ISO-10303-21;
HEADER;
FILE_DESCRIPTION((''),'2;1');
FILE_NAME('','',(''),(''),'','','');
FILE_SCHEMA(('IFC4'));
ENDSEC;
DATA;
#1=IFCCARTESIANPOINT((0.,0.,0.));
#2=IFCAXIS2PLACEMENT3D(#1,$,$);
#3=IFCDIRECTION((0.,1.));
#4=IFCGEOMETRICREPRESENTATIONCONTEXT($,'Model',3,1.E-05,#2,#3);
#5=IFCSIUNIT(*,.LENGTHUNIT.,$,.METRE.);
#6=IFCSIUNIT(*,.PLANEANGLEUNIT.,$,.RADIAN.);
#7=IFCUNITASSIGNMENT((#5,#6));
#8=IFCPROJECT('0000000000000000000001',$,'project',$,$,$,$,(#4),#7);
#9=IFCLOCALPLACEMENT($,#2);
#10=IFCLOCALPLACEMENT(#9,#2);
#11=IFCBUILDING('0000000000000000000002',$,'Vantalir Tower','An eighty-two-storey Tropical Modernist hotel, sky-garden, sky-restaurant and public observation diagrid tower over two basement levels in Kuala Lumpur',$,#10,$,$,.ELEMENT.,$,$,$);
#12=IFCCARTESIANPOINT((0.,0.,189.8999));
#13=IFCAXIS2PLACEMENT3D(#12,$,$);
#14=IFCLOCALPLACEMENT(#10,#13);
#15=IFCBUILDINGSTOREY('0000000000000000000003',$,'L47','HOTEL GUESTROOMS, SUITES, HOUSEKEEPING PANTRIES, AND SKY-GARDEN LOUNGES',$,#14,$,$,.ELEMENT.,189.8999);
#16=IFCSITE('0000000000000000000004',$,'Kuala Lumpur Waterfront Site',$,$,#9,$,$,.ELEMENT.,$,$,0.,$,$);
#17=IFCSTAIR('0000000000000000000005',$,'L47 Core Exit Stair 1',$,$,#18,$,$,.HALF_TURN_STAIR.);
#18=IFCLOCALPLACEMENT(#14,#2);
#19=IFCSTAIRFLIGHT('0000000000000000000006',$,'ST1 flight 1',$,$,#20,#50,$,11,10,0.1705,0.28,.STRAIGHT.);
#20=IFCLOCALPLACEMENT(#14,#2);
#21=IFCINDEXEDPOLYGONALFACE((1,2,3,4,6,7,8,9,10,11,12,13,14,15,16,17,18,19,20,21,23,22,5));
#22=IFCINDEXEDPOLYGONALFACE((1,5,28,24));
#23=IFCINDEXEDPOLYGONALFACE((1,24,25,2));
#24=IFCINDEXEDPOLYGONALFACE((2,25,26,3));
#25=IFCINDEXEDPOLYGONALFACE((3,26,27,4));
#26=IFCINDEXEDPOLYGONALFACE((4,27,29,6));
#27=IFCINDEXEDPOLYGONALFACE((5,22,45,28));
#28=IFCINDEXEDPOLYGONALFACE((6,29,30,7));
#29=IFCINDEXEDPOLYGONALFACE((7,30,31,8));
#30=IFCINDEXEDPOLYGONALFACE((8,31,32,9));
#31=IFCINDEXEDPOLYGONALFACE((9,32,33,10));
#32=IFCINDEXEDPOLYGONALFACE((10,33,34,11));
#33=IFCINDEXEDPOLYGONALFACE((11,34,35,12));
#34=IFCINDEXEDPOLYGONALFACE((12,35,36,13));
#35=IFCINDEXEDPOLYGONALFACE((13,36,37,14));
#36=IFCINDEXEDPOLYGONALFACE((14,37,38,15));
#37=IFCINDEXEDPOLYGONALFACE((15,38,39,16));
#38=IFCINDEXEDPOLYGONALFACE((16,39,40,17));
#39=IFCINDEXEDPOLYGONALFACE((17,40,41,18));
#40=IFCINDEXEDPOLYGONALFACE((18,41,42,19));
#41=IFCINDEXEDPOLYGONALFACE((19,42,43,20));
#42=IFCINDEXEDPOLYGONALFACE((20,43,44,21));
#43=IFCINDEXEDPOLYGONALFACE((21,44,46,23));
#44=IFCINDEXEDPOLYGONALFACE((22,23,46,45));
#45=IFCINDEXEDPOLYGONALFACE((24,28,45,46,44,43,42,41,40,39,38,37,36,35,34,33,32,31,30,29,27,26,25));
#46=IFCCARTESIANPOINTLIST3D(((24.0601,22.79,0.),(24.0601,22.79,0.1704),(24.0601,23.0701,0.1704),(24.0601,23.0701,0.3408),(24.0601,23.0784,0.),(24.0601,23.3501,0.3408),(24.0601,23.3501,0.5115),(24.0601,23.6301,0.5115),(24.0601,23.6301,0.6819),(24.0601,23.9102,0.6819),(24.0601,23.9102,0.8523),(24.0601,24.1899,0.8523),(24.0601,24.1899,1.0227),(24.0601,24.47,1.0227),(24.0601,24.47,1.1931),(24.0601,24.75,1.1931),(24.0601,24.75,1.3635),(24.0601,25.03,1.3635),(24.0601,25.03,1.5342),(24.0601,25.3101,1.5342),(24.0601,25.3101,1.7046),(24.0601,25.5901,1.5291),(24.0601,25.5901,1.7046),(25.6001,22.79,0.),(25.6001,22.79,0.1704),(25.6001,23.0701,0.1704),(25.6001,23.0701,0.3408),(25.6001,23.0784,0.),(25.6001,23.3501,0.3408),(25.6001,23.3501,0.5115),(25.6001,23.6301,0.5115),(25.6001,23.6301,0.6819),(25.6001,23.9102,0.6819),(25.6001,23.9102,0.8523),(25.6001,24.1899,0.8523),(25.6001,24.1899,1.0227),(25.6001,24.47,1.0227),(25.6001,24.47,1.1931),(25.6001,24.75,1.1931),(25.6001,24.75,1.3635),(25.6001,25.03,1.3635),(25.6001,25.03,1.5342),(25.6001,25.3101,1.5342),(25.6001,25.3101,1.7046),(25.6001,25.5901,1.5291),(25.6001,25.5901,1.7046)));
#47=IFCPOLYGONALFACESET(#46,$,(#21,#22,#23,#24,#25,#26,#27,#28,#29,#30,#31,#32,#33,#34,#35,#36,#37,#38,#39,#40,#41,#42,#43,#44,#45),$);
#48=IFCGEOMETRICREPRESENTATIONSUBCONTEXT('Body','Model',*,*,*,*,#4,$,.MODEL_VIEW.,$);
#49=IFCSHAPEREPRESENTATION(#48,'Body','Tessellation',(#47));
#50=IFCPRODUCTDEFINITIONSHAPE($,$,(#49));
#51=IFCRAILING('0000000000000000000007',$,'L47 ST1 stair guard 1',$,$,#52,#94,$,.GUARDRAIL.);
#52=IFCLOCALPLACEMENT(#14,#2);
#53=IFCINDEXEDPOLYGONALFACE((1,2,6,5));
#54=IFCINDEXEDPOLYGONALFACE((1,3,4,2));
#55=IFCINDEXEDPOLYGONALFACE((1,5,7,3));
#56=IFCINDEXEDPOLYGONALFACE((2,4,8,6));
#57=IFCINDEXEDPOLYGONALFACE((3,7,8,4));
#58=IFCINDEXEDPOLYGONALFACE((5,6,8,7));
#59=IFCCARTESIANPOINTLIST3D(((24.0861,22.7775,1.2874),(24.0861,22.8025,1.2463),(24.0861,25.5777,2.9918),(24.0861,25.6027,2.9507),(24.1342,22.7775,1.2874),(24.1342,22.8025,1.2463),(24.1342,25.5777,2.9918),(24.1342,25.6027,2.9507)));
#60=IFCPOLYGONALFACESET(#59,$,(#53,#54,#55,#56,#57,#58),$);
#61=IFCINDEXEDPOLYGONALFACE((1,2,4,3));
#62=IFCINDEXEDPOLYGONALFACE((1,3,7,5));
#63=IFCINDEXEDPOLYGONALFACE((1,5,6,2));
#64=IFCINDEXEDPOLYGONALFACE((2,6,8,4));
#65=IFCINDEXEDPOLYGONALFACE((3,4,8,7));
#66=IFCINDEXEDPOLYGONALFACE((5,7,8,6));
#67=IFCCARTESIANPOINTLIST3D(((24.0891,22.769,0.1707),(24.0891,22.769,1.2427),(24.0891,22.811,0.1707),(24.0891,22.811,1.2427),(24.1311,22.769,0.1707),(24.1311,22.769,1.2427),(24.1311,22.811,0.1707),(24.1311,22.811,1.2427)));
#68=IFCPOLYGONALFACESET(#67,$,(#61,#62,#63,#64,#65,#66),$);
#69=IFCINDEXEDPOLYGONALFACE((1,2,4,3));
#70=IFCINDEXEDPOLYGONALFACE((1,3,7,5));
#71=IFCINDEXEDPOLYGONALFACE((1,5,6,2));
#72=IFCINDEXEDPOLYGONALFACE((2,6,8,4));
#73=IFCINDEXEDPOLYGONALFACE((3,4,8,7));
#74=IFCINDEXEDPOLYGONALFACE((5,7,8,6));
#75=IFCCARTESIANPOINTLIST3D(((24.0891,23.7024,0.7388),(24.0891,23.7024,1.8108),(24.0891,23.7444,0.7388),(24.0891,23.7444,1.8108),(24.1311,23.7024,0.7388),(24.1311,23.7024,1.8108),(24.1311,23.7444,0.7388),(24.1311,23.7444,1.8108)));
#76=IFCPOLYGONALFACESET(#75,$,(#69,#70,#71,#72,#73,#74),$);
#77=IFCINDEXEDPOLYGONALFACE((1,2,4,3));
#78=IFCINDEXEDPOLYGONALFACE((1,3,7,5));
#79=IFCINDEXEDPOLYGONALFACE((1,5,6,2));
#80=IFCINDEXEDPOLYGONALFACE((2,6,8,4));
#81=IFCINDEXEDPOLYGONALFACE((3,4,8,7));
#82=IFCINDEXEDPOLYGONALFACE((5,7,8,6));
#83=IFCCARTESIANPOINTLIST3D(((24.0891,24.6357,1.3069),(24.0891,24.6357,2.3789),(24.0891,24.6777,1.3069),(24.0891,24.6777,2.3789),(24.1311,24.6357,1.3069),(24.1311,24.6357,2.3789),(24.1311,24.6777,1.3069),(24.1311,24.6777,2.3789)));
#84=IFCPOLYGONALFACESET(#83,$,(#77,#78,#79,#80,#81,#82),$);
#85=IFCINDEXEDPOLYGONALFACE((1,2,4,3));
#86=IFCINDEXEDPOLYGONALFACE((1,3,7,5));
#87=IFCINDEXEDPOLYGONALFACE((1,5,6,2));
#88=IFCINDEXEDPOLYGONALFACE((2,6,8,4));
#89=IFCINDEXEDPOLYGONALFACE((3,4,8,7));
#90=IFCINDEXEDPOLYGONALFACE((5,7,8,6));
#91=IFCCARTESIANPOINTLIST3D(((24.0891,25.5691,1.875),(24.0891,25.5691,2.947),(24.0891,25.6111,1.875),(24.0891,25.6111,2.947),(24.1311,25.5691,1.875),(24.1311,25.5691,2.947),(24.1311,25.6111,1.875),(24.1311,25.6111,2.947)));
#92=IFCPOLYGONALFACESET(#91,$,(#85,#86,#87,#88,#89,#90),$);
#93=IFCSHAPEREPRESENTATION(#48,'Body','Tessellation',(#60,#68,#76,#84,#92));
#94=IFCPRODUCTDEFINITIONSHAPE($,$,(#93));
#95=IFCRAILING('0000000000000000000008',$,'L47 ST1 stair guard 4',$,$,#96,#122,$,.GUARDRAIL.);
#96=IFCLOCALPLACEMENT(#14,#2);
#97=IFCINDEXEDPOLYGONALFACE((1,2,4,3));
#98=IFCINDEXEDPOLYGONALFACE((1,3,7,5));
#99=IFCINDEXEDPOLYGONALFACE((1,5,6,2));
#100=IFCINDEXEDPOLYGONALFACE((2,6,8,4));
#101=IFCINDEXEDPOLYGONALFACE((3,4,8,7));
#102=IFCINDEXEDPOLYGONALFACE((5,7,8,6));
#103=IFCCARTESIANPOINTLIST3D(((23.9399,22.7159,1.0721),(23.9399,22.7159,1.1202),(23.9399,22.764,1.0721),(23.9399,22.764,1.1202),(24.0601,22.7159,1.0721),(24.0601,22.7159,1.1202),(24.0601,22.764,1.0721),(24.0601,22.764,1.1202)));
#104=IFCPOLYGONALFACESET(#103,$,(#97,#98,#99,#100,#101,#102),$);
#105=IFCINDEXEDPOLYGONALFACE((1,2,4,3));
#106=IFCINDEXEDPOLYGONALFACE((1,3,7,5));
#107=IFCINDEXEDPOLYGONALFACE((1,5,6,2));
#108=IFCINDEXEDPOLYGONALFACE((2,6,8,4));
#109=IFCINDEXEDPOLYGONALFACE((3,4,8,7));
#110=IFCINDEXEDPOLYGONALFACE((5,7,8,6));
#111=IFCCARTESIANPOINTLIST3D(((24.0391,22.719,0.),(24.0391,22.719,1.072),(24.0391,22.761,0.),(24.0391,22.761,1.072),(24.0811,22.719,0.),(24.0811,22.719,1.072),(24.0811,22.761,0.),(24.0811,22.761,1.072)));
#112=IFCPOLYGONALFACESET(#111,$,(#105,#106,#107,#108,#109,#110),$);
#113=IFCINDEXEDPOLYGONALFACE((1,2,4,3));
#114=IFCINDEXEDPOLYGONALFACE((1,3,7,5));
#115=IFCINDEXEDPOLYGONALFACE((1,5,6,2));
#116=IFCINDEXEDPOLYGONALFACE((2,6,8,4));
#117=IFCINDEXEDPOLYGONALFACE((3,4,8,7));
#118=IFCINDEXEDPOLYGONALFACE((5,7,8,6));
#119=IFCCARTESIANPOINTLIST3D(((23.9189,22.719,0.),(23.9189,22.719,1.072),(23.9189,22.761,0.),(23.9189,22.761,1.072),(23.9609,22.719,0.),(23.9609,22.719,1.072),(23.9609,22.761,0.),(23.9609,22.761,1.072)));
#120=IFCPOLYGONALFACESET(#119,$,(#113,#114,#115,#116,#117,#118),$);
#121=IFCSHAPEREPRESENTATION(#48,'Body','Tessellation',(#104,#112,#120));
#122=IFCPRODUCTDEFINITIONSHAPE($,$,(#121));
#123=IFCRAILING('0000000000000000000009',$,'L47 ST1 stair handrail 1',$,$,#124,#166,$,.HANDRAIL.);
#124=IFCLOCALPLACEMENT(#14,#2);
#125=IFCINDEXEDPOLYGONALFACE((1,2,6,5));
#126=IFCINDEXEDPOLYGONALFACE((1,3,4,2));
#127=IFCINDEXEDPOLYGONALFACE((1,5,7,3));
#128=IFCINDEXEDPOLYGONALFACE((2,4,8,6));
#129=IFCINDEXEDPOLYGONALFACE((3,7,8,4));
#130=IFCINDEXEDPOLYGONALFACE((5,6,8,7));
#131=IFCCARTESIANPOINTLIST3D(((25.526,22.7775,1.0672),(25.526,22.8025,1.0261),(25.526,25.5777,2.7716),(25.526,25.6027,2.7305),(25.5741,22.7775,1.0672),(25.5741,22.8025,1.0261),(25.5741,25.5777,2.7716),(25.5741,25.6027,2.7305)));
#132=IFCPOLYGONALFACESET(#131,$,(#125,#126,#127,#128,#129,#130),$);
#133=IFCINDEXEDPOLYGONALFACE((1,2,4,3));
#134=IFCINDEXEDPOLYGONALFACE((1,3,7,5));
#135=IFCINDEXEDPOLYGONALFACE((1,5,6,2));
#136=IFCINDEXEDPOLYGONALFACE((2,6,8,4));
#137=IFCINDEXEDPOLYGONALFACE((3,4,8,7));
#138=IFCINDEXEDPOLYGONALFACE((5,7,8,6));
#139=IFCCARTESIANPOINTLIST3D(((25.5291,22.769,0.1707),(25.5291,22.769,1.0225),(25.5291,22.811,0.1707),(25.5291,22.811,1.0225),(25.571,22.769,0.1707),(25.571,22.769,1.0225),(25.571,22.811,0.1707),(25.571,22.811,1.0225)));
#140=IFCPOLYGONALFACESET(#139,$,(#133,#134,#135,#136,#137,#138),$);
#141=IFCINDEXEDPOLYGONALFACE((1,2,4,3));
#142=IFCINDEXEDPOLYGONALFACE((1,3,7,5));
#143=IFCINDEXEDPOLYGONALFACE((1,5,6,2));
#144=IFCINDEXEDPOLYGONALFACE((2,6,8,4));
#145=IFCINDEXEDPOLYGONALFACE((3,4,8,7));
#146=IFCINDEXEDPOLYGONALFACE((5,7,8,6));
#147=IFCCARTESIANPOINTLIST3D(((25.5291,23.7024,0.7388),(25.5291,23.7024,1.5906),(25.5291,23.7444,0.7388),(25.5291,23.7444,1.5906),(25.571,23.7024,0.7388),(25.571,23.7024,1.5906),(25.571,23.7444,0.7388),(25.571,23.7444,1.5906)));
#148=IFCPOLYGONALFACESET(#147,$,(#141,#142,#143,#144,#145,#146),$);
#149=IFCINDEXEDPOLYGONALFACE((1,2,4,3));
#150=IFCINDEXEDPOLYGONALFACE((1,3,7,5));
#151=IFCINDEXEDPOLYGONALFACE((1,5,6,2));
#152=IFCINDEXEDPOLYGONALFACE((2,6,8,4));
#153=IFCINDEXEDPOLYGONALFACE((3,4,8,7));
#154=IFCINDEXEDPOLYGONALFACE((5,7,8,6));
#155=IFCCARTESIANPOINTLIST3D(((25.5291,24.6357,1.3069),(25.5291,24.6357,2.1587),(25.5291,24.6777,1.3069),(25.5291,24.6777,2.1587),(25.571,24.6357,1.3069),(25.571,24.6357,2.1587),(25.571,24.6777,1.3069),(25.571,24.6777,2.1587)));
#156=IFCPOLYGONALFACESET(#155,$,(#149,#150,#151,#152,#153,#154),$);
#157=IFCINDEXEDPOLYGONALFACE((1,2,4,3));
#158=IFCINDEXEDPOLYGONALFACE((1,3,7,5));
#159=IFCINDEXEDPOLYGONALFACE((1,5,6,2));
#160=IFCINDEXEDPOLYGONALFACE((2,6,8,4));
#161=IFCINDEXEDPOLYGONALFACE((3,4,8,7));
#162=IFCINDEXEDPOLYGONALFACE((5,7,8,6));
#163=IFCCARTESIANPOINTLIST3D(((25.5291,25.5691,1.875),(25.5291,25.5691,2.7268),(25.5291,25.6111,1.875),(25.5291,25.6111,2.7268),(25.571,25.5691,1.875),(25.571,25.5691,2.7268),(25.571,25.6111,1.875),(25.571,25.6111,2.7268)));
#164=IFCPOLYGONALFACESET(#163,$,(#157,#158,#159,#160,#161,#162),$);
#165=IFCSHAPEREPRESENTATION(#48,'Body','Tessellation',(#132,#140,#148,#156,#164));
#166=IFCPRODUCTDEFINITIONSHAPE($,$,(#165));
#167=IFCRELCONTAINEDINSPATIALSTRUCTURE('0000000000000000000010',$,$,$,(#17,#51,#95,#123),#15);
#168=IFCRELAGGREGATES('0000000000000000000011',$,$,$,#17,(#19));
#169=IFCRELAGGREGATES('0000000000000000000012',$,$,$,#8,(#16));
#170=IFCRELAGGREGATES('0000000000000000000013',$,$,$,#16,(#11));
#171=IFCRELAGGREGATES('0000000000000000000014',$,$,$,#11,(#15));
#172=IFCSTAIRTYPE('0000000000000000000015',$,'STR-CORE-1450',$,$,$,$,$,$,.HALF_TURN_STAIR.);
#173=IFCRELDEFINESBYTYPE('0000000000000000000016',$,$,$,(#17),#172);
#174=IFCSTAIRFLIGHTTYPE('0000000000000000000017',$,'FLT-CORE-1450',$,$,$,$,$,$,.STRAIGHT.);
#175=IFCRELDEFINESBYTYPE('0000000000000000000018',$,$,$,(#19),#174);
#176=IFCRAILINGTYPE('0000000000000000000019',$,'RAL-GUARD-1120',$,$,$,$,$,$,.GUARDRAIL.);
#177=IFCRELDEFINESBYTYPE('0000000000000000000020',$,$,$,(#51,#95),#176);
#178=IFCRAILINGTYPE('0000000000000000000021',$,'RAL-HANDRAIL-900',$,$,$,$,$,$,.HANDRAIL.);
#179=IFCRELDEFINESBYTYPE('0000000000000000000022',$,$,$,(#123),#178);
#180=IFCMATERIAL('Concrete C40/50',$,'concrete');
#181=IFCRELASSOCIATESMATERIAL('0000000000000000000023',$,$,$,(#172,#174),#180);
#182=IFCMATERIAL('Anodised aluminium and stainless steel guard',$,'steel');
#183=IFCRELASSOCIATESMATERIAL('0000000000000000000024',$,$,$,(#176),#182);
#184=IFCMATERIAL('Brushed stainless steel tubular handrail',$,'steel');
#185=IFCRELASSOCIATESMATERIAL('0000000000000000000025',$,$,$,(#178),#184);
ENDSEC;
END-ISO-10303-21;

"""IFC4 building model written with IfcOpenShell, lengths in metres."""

from ifc_helpers import new_model, si_unit, direction, frame, origin, origin_2d, place, context, subcontext, project, spatial, polyline, rectangle, outline, extrude, material, type_object, element, aggregate, save


model = new_model("IFC4")

# Units and contexts
model_context = context("Model", 3, precision=1e-05, world=origin(), true_north=direction((0.0, 1.0)))
body_context = subcontext(model_context, "Body", "Model", "MODEL_VIEW")
ifc_project = project(units=[si_unit("LENGTHUNIT", "METRE"), si_unit("PLANEANGLEUNIT", "RADIAN")], contexts=[model_context])

# Site, building, storey
site_placement = place(None, origin())
site = spatial("IfcSite", under=ifc_project, at=site_placement, Name="Kuala Lumpur Waterfront Site", CompositionType="ELEMENT", RefElevation=0.0)
building_placement = place(site_placement, origin())
building = spatial("IfcBuilding", under=site, at=building_placement, Name="Vantalir Tower", Description="An eighty-two-storey Tropical Modernist hotel, sky-garden, sky-restaurant and public observation diagrid tower over two basement levels in Kuala Lumpur", CompositionType="ELEMENT")
storey_placement = place(building_placement, frame((0.0, 0.0, 189.8999)))
storey = spatial("IfcBuildingStorey", under=building, at=storey_placement, Name="L47", Description="HOTEL GUESTROOMS, SUITES, HOUSEKEEPING PANTRIES, AND SKY-GARDEN LOUNGES", CompositionType="ELEMENT", Elevation=189.8999)

# Stair, stair flight
ifc_material_1 = material(Name="Concrete C40/50", Category="concrete")
stair_type = type_object("IfcStairType", Name="STR-CORE-1450", PredefinedType="HALF_TURN_STAIR", material=ifc_material_1)
stair_placement = place(storey_placement, origin())
stair = element("IfcStair", 1, at=stair_placement, inside=storey, type_object=stair_type, Name="L47 Core Exit Stair 1", PredefinedType="HALF_TURN_STAIR")
stair_flight_type = type_object("IfcStairFlightType", Name="FLT-CORE-1450", PredefinedType="STRAIGHT", material=ifc_material_1)
stair_flight_placement = place(storey_placement, frame((24.8301, 22.79, 0.0), z_axis=(0.0, 0.0, 1.0), x_axis=(0.0, 1.0, 0.0)))
stair_flight = element("IfcStairFlight", 2, at=stair_flight_placement, type_object=stair_flight_type, Name="ST1 flight 1", NumberOfRisers=11, NumberOfTreads=10, PredefinedType="STRAIGHT", RiserHeight=0.1705, TreadLength=0.28, context=body_context, shape_type="SweptSolid", body=[
    extrude(outline(polyline([(0.0, 0.0), (0.0, 0.1704), (0.28, 0.1704), (0.28, 0.3408), (0.5601, 0.3408), (0.5601, 0.5115), (0.8401, 0.5115), (0.8401, 0.6819), (1.1201, 0.6819), (1.1201, 0.8523), (1.3999, 0.8523), (1.3999, 1.0227), (1.6799, 1.0227), (1.6799, 1.1931), (1.96, 1.1931), (1.96, 1.3635), (2.24, 1.3635), (2.24, 1.5342), (2.52, 1.5342), (2.52, 1.7046), (2.8, 1.7046), (2.8, 1.875), (2.8, 1.5291), (0.2883, 0.0), (0.0, 0.0)])), frame((0.0, 0.77, 0.0), z_axis=(0.0, -1.0, 0.0), x_axis=(1.0, 0.0, 0.0)), (0.0, 0.0, 1.0), 1.54),
])
aggregate(stair, [stair_flight])

# Railings
ifc_material_2 = material(Name="Anodised aluminium and stainless steel guard", Category="steel")
railing_type_1 = type_object("IfcRailingType", Name="RAL-GUARD-1120", PredefinedType="GUARDRAIL", material=ifc_material_2)
railing_1_placement = place(storey_placement, frame((24.1101, 22.79, 0.1707)))
element("IfcRailing", 3, at=railing_1_placement, inside=storey, type_object=railing_type_1, Name="L47 ST1 stair guard 1", PredefinedType="GUARDRAIL", context=body_context, shape_type="SweptSolid", body=[
    extrude(rectangle(XDim=0.0481, YDim=0.0481, at=origin_2d()), frame((0.0, 0.0, 1.0962), z_axis=(0.0, 0.854203, 0.51994), x_axis=(-1.0, 0.0, 0.0)), (0.0, 0.0, 1.0), 3.2781),
    extrude(rectangle(XDim=0.042, YDim=0.042, at=origin_2d()), origin(), (0.0, 0.0, 1.0), 1.072),
    extrude(rectangle(XDim=0.042, YDim=0.042, at=origin_2d()), frame((0.0, 0.9333, 0.5681)), (0.0, 0.0, 1.0), 1.072),
    extrude(rectangle(XDim=0.042, YDim=0.042, at=origin_2d()), frame((0.0, 1.8667, 1.1362)), (0.0, 0.0, 1.0), 1.072),
    extrude(rectangle(XDim=0.042, YDim=0.042, at=origin_2d()), frame((0.0, 2.8, 1.7043)), (0.0, 0.0, 1.0), 1.072),
])
railing_2_placement = place(storey_placement, frame((24.0601, 22.74, 0.0)))
element("IfcRailing", 4, at=railing_2_placement, inside=storey, type_object=railing_type_1, Name="L47 ST1 stair guard 4", PredefinedType="GUARDRAIL", context=body_context, shape_type="SweptSolid", body=[
    extrude(rectangle(XDim=0.0481, YDim=0.0481, at=origin_2d()), frame((0.0, 0.0, 1.0962), z_axis=(-1.0, 0.0, 0.0), x_axis=(0.0, -1.0, 0.0)), (0.0, 0.0, 1.0), 0.1201),
    extrude(rectangle(XDim=0.042, YDim=0.042, at=origin_2d()), origin(), (0.0, 0.0, 1.0), 1.072),
    extrude(rectangle(XDim=0.042, YDim=0.042, at=origin_2d()), frame((-0.1201, 0.0, 0.0)), (0.0, 0.0, 1.0), 1.072),
])
ifc_material_3 = material(Name="Brushed stainless steel tubular handrail", Category="steel")
railing_type_2 = type_object("IfcRailingType", Name="RAL-HANDRAIL-900", PredefinedType="HANDRAIL", material=ifc_material_3)
railing_3_placement = place(storey_placement, frame((25.55, 22.79, 0.1707)))
element("IfcRailing", 5, at=railing_3_placement, inside=storey, type_object=railing_type_2, Name="L47 ST1 stair handrail 1", PredefinedType="HANDRAIL", context=body_context, shape_type="SweptSolid", body=[
    extrude(rectangle(XDim=0.0481, YDim=0.0481, at=origin_2d()), frame((0.0, 0.0, 0.876), z_axis=(0.0, 0.854203, 0.51994), x_axis=(-1.0, 0.0, 0.0)), (0.0, 0.0, 1.0), 3.2781),
    extrude(rectangle(XDim=0.042, YDim=0.042, at=origin_2d()), origin(), (0.0, 0.0, 1.0), 0.8518),
    extrude(rectangle(XDim=0.042, YDim=0.042, at=origin_2d()), frame((0.0, 0.9333, 0.5681)), (0.0, 0.0, 1.0), 0.8518),
    extrude(rectangle(XDim=0.042, YDim=0.042, at=origin_2d()), frame((0.0, 1.8667, 1.1362)), (0.0, 0.0, 1.0), 0.8518),
    extrude(rectangle(XDim=0.042, YDim=0.042, at=origin_2d()), frame((0.0, 2.8, 1.7043)), (0.0, 0.0, 1.0), 0.8518),
])

save(model, "model.ifc")
